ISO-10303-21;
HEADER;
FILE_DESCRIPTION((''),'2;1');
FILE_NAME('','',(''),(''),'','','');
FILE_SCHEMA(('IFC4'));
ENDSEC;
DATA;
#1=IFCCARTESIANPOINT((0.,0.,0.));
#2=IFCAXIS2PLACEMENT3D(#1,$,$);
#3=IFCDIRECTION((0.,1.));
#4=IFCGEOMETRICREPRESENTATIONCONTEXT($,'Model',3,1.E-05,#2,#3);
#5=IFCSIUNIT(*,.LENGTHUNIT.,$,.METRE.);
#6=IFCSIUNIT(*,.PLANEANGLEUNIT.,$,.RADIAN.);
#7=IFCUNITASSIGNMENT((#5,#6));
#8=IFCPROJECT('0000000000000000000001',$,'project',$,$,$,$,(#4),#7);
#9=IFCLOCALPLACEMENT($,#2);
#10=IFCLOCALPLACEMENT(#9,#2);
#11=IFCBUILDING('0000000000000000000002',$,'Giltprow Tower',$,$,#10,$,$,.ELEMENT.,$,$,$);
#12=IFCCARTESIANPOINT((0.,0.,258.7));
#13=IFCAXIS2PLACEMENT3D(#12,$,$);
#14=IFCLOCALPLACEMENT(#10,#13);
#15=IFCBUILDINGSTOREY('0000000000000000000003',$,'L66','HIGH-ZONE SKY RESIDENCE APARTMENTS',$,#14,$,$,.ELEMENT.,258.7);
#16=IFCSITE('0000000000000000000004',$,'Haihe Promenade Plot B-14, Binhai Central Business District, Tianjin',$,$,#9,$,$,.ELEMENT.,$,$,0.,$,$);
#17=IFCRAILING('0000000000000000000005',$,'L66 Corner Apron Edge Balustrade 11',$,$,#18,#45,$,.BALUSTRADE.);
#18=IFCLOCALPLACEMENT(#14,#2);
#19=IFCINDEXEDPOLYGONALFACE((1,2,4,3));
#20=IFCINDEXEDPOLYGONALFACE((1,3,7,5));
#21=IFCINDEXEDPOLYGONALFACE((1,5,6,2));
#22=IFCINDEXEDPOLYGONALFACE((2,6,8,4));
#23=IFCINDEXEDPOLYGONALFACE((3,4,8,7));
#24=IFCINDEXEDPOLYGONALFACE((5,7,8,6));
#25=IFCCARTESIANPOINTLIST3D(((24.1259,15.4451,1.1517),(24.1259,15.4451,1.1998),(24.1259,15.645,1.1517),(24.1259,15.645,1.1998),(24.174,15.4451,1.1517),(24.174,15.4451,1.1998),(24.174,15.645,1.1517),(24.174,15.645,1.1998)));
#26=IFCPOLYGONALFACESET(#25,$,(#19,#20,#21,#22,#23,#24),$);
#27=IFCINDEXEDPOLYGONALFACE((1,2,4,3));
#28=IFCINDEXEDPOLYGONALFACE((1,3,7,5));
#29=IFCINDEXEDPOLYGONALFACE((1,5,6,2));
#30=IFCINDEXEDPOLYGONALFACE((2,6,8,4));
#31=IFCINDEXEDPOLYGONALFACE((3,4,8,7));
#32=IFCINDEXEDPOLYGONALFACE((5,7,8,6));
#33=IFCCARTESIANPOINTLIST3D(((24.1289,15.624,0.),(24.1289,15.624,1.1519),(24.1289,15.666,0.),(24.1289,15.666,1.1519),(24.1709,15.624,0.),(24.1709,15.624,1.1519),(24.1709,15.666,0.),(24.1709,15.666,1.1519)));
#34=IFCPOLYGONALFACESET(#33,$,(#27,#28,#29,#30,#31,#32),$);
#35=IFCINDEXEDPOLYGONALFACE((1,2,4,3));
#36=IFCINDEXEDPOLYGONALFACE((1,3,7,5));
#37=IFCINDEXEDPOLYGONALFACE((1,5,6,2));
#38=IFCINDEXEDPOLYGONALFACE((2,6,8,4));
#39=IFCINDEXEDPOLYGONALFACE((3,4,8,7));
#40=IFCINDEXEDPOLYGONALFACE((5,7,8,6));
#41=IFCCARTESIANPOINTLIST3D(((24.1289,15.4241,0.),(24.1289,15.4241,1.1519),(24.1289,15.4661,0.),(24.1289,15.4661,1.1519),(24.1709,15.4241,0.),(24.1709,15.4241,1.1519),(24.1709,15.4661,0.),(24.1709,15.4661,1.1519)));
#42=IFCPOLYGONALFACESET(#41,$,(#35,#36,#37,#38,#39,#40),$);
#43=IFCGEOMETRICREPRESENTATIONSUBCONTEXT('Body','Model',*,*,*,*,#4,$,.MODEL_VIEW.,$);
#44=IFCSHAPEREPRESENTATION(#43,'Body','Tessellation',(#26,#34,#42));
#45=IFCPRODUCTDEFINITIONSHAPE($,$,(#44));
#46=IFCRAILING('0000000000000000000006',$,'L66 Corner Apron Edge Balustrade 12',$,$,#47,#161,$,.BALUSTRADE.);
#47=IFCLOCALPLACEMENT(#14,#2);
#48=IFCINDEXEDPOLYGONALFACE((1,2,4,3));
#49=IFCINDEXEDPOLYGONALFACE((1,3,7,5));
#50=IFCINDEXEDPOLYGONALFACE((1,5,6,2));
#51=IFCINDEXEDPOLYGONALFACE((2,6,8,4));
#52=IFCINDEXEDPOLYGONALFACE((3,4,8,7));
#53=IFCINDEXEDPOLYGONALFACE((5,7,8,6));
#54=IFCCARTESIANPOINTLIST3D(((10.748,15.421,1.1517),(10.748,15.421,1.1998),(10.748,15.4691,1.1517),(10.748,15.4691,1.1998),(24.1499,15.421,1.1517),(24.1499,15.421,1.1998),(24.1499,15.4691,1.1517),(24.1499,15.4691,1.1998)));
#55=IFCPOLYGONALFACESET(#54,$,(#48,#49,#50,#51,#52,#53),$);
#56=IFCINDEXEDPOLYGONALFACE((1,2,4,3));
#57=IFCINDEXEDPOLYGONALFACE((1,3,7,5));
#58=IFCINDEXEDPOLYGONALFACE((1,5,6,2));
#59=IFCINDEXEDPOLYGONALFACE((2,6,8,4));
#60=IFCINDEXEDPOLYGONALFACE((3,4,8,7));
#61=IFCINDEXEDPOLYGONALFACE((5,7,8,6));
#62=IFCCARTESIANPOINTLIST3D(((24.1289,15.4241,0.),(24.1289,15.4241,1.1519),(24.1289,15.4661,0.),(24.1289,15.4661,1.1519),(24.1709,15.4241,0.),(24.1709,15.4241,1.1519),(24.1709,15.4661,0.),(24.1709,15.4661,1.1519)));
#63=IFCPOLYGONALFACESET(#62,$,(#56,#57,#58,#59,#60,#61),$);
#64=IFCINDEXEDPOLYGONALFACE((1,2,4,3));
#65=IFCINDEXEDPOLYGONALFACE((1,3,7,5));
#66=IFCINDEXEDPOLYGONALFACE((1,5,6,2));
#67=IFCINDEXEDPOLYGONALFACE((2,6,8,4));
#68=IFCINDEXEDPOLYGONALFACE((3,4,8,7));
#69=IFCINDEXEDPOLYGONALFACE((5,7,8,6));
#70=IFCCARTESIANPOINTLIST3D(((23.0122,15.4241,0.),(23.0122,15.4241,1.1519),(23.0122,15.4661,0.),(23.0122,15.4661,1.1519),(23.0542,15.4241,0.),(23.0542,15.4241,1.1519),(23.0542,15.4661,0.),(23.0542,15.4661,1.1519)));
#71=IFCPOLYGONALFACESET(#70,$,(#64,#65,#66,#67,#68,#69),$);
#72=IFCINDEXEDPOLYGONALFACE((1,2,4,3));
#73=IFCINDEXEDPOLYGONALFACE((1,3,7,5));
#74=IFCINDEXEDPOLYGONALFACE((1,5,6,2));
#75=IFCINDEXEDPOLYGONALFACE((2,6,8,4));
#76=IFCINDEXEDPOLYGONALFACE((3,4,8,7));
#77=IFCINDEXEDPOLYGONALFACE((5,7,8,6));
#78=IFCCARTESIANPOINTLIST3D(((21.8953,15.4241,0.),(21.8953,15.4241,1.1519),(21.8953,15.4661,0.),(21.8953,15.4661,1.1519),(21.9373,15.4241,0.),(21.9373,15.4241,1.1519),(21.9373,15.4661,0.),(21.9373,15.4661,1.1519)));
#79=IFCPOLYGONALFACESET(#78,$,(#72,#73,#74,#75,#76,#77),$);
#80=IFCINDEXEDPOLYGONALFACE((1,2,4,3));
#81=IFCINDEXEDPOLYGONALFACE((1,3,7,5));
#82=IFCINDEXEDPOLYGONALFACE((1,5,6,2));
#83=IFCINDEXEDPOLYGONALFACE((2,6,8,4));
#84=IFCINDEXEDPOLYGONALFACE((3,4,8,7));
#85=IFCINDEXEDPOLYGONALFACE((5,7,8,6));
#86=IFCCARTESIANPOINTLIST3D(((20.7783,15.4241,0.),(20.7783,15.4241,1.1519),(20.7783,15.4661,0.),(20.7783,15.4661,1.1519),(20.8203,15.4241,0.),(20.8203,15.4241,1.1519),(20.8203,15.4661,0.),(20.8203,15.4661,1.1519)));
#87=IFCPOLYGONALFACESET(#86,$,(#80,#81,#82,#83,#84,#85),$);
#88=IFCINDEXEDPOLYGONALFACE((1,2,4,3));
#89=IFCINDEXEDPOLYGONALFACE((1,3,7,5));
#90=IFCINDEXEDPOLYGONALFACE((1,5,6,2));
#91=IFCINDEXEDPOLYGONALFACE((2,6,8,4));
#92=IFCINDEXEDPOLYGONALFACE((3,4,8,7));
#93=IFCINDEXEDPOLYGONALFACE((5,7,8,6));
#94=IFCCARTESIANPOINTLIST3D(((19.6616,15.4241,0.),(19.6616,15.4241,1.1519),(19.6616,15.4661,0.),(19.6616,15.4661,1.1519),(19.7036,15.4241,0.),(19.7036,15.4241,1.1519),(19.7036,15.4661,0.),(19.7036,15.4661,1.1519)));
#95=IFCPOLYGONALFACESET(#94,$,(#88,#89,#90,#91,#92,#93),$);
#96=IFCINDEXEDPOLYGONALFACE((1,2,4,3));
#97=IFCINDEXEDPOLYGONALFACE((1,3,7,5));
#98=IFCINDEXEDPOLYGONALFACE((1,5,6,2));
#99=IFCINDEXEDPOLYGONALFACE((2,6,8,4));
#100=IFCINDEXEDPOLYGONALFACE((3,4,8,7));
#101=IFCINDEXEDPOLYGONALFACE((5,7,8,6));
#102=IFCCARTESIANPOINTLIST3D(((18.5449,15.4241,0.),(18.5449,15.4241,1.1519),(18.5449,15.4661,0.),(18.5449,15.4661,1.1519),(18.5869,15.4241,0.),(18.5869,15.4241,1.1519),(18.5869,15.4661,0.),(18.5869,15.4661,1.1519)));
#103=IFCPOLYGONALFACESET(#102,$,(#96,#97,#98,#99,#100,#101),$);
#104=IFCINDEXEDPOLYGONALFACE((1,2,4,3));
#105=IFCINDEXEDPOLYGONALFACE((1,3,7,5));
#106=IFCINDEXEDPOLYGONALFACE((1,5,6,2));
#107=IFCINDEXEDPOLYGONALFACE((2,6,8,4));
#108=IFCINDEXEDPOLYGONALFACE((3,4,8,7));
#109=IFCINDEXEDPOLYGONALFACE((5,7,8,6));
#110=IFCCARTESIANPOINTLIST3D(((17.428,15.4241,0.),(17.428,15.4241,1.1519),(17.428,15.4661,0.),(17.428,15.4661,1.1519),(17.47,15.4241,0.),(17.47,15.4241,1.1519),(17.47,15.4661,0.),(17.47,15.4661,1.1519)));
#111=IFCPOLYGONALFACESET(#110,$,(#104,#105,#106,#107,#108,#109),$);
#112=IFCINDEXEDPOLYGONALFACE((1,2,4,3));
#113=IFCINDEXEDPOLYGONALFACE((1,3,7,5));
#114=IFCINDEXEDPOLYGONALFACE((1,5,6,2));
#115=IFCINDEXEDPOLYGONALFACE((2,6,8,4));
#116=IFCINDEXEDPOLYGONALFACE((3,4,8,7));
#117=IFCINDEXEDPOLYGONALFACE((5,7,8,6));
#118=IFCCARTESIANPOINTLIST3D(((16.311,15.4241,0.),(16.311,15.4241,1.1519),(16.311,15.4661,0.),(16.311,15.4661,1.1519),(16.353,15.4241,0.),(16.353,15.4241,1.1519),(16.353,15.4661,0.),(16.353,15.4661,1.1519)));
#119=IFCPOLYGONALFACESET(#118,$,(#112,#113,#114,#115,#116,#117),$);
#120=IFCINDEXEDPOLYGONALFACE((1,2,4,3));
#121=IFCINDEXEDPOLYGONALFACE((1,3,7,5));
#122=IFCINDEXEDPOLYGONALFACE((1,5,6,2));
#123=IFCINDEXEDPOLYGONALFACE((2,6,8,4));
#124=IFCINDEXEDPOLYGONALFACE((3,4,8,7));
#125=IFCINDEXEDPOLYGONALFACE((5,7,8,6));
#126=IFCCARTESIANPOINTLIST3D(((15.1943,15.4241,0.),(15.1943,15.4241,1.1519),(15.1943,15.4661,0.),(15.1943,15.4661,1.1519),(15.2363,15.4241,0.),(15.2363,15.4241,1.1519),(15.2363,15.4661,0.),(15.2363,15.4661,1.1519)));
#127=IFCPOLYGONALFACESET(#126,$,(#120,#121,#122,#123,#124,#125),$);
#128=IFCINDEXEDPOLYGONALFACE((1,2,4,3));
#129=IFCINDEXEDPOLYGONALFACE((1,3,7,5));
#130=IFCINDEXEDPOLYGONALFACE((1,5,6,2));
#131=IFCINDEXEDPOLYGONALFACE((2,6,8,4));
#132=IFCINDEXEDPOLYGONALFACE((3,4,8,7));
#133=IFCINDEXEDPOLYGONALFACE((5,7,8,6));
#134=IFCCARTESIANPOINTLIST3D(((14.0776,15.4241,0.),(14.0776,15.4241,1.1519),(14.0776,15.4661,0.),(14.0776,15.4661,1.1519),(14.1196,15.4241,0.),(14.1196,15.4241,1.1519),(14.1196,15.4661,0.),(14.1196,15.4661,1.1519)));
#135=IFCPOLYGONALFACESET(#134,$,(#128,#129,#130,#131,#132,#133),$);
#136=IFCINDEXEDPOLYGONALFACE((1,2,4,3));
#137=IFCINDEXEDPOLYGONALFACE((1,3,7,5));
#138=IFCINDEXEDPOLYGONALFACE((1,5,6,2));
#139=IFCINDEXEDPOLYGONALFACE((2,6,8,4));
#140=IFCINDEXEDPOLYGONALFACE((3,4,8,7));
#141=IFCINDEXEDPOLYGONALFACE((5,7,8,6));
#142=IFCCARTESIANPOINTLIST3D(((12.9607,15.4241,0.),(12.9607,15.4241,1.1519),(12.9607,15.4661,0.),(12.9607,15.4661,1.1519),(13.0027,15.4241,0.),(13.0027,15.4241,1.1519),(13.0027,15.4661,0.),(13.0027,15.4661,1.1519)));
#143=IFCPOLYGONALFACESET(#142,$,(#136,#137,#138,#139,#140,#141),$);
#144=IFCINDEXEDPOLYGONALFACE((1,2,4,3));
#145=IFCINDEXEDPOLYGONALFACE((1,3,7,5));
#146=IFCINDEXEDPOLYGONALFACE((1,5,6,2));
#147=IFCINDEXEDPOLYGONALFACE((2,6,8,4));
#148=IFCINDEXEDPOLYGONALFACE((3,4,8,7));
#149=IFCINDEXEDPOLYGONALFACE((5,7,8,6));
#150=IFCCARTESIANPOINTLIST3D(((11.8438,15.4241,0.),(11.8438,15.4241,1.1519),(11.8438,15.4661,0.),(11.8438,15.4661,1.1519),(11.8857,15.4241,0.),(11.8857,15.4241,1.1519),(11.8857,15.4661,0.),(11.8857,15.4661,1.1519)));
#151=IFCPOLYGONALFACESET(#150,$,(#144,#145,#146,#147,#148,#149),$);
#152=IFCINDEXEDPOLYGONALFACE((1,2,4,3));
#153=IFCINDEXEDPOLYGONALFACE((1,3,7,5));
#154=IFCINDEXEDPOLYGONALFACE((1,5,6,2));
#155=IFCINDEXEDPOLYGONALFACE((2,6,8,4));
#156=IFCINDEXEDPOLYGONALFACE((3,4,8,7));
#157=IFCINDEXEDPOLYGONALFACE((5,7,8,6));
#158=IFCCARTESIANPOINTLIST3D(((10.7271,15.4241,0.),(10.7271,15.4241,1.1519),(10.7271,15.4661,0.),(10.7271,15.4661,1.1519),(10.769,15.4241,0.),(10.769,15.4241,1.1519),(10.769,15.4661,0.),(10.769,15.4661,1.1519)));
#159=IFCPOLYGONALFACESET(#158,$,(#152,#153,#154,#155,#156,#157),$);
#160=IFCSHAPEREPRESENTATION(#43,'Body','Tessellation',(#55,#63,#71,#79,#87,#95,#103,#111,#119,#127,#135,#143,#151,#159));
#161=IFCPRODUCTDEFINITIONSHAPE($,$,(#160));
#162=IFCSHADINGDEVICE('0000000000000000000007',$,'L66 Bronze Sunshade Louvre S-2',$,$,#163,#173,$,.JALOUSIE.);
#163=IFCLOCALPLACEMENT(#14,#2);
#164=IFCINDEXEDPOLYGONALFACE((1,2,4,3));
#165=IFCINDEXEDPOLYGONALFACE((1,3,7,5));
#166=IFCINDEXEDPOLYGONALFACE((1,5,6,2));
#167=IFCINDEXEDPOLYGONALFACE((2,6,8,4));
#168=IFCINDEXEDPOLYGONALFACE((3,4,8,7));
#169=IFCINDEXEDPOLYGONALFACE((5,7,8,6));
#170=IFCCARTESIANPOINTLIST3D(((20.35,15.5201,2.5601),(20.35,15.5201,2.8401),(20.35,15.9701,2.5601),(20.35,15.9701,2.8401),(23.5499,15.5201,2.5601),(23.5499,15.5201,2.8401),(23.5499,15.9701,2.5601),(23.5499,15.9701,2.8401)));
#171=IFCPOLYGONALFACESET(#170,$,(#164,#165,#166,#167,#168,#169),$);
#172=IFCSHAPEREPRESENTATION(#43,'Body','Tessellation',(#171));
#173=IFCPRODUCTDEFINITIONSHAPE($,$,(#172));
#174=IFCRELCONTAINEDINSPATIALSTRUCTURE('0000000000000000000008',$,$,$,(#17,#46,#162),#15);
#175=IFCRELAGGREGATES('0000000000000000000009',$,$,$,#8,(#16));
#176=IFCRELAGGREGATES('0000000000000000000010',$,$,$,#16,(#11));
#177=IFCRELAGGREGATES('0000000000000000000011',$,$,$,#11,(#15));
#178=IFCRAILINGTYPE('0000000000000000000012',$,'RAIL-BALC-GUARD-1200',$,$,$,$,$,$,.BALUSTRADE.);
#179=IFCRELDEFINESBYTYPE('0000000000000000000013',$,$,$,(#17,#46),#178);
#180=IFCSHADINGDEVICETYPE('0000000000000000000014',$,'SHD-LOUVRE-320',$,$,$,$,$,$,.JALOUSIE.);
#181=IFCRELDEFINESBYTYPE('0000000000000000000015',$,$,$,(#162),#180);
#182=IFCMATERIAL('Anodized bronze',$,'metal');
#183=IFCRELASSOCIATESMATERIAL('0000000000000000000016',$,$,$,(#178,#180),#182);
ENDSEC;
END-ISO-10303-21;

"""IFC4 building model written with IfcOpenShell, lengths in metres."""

from ifc_helpers import new_model, si_unit, direction, frame, origin, origin_2d, place, context, subcontext, project, spatial, rectangle, extrude, source, transform, mapped, material, type_object, element, save


model = new_model("IFC4")

# Units and contexts
model_context = context("Model", 3, precision=1e-05, world=origin(), true_north=direction((0.0, 1.0)))
body_context = subcontext(model_context, "Body", "Model", "MODEL_VIEW")
ifc_project = project(units=[si_unit("LENGTHUNIT", "METRE"), si_unit("PLANEANGLEUNIT", "RADIAN")], contexts=[model_context])

# Site, building, storey
site_placement = place(None, origin())
site = spatial("IfcSite", under=ifc_project, at=site_placement, Name="Haihe Promenade Plot B-14, Binhai Central Business District, Tianjin", CompositionType="ELEMENT", RefElevation=0.0)
building_placement = place(site_placement, origin())
building = spatial("IfcBuilding", under=site, at=building_placement, Name="Giltprow Tower", CompositionType="ELEMENT")
storey_placement = place(building_placement, frame((0.0, 0.0, 258.7)))
storey = spatial("IfcBuildingStorey", under=building, at=storey_placement, Name="L66", Description="HIGH-ZONE SKY RESIDENCE APARTMENTS", CompositionType="ELEMENT", Elevation=258.7)

# Railings
ifc_material_1 = material(Name="Anodized bronze", Category="metal")
railing_type = type_object("IfcRailingType", Name="RAIL-BALC-GUARD-1200", PredefinedType="BALUSTRADE", material=ifc_material_1)
railing_1_placement = place(storey_placement, frame((24.1499, 15.645, 0.0)))
element("IfcRailing", 1, at=railing_1_placement, inside=storey, type_object=railing_type, Name="L66 Corner Apron Edge Balustrade 11", PredefinedType="BALUSTRADE", context=body_context, shape_type="SweptSolid", body=[
    extrude(rectangle(XDim=0.0481, YDim=0.0481, at=origin_2d()), frame((0.0, 0.0, 1.1758), z_axis=(0.0, -1.0, 0.0), x_axis=(1.0, 0.0, 0.0)), (0.0, 0.0, 1.0), 0.2),
    extrude(rectangle(XDim=0.042, YDim=0.042, at=origin_2d()), origin(), (0.0, 0.0, 1.0), 1.1519),
    extrude(rectangle(XDim=0.042, YDim=0.042, at=origin_2d()), frame((0.0, -0.2, 0.0)), (0.0, 0.0, 1.0), 1.1519),
])
railing_2_placement = place(storey_placement, frame((24.1499, 15.4451, 0.0)))
element("IfcRailing", 2, at=railing_2_placement, inside=storey, type_object=railing_type, Name="L66 Corner Apron Edge Balustrade 12", PredefinedType="BALUSTRADE", context=body_context, shape_type="SweptSolid", body=[
    extrude(rectangle(XDim=0.0481, YDim=0.0481, at=origin_2d()), frame((0.0, 0.0, 1.1758), z_axis=(-1.0, 0.0, 0.0), x_axis=(0.0, -1.0, 0.0)), (0.0, 0.0, 1.0), 13.4019),
    extrude(rectangle(XDim=0.042, YDim=0.042, at=origin_2d()), origin(), (0.0, 0.0, 1.0), 1.1519),
    extrude(rectangle(XDim=0.042, YDim=0.042, at=origin_2d()), frame((-1.1167, 0.0, 0.0)), (0.0, 0.0, 1.0), 1.1519),
    extrude(rectangle(XDim=0.042, YDim=0.042, at=origin_2d()), frame((-2.2336, 0.0, 0.0)), (0.0, 0.0, 1.0), 1.1519),
    extrude(rectangle(XDim=0.042, YDim=0.042, at=origin_2d()), frame((-3.3506, 0.0, 0.0)), (0.0, 0.0, 1.0), 1.1519),
    extrude(rectangle(XDim=0.042, YDim=0.042, at=origin_2d()), frame((-4.4673, 0.0, 0.0)), (0.0, 0.0, 1.0), 1.1519),
    extrude(rectangle(XDim=0.042, YDim=0.042, at=origin_2d()), frame((-5.584, 0.0, 0.0)), (0.0, 0.0, 1.0), 1.1519),
    extrude(rectangle(XDim=0.042, YDim=0.042, at=origin_2d()), frame((-6.7009, 0.0, 0.0)), (0.0, 0.0, 1.0), 1.1519),
    extrude(rectangle(XDim=0.042, YDim=0.042, at=origin_2d()), frame((-7.8179, 0.0, 0.0)), (0.0, 0.0, 1.0), 1.1519),
    extrude(rectangle(XDim=0.042, YDim=0.042, at=origin_2d()), frame((-8.9346, 0.0, 0.0)), (0.0, 0.0, 1.0), 1.1519),
    extrude(rectangle(XDim=0.042, YDim=0.042, at=origin_2d()), frame((-10.0513, 0.0, 0.0)), (0.0, 0.0, 1.0), 1.1519),
    extrude(rectangle(XDim=0.042, YDim=0.042, at=origin_2d()), frame((-11.1682, 0.0, 0.0)), (0.0, 0.0, 1.0), 1.1519),
    extrude(rectangle(XDim=0.042, YDim=0.042, at=origin_2d()), frame((-12.2852, 0.0, 0.0)), (0.0, 0.0, 1.0), 1.1519),
    extrude(rectangle(XDim=0.042, YDim=0.042, at=origin_2d()), frame((-13.4019, 0.0, 0.0)), (0.0, 0.0, 1.0), 1.1519),
])

# Shading device
shading_device_type = type_object("IfcShadingDeviceType", Name="SHD-LOUVRE-320", PredefinedType="JALOUSIE", material=ifc_material_1)
shared_shape_1 = source(origin(), body_context, "Body", "SweptSolid", [
    extrude(rectangle(XDim=3.2, YDim=0.45, at=origin_2d()), origin(), (0.0, 0.0, 1.0), 0.28),
])
shading_device_placement = place(storey_placement, frame((21.95, 15.7451, 2.5601), z_axis=(0.0, 0.0, 1.0), x_axis=(1.0, 0.0, 0.0)))
element("IfcShadingDevice", 3, at=shading_device_placement, inside=storey, type_object=shading_device_type, Name="L66 Bronze Sunshade Louvre S-2", PredefinedType="JALOUSIE", context=body_context, shape_type="MappedRepresentation", body=[
    mapped(shared_shape_1, transform((0.0, 0.0, 0.0), x_axis=(1.0, 0.0, 0.0), y_axis=(0.0, 1.0, 0.0), z_axis=(0.0, 0.0, 1.0), scale=1.0)),
])

save(model, "model.ifc")
